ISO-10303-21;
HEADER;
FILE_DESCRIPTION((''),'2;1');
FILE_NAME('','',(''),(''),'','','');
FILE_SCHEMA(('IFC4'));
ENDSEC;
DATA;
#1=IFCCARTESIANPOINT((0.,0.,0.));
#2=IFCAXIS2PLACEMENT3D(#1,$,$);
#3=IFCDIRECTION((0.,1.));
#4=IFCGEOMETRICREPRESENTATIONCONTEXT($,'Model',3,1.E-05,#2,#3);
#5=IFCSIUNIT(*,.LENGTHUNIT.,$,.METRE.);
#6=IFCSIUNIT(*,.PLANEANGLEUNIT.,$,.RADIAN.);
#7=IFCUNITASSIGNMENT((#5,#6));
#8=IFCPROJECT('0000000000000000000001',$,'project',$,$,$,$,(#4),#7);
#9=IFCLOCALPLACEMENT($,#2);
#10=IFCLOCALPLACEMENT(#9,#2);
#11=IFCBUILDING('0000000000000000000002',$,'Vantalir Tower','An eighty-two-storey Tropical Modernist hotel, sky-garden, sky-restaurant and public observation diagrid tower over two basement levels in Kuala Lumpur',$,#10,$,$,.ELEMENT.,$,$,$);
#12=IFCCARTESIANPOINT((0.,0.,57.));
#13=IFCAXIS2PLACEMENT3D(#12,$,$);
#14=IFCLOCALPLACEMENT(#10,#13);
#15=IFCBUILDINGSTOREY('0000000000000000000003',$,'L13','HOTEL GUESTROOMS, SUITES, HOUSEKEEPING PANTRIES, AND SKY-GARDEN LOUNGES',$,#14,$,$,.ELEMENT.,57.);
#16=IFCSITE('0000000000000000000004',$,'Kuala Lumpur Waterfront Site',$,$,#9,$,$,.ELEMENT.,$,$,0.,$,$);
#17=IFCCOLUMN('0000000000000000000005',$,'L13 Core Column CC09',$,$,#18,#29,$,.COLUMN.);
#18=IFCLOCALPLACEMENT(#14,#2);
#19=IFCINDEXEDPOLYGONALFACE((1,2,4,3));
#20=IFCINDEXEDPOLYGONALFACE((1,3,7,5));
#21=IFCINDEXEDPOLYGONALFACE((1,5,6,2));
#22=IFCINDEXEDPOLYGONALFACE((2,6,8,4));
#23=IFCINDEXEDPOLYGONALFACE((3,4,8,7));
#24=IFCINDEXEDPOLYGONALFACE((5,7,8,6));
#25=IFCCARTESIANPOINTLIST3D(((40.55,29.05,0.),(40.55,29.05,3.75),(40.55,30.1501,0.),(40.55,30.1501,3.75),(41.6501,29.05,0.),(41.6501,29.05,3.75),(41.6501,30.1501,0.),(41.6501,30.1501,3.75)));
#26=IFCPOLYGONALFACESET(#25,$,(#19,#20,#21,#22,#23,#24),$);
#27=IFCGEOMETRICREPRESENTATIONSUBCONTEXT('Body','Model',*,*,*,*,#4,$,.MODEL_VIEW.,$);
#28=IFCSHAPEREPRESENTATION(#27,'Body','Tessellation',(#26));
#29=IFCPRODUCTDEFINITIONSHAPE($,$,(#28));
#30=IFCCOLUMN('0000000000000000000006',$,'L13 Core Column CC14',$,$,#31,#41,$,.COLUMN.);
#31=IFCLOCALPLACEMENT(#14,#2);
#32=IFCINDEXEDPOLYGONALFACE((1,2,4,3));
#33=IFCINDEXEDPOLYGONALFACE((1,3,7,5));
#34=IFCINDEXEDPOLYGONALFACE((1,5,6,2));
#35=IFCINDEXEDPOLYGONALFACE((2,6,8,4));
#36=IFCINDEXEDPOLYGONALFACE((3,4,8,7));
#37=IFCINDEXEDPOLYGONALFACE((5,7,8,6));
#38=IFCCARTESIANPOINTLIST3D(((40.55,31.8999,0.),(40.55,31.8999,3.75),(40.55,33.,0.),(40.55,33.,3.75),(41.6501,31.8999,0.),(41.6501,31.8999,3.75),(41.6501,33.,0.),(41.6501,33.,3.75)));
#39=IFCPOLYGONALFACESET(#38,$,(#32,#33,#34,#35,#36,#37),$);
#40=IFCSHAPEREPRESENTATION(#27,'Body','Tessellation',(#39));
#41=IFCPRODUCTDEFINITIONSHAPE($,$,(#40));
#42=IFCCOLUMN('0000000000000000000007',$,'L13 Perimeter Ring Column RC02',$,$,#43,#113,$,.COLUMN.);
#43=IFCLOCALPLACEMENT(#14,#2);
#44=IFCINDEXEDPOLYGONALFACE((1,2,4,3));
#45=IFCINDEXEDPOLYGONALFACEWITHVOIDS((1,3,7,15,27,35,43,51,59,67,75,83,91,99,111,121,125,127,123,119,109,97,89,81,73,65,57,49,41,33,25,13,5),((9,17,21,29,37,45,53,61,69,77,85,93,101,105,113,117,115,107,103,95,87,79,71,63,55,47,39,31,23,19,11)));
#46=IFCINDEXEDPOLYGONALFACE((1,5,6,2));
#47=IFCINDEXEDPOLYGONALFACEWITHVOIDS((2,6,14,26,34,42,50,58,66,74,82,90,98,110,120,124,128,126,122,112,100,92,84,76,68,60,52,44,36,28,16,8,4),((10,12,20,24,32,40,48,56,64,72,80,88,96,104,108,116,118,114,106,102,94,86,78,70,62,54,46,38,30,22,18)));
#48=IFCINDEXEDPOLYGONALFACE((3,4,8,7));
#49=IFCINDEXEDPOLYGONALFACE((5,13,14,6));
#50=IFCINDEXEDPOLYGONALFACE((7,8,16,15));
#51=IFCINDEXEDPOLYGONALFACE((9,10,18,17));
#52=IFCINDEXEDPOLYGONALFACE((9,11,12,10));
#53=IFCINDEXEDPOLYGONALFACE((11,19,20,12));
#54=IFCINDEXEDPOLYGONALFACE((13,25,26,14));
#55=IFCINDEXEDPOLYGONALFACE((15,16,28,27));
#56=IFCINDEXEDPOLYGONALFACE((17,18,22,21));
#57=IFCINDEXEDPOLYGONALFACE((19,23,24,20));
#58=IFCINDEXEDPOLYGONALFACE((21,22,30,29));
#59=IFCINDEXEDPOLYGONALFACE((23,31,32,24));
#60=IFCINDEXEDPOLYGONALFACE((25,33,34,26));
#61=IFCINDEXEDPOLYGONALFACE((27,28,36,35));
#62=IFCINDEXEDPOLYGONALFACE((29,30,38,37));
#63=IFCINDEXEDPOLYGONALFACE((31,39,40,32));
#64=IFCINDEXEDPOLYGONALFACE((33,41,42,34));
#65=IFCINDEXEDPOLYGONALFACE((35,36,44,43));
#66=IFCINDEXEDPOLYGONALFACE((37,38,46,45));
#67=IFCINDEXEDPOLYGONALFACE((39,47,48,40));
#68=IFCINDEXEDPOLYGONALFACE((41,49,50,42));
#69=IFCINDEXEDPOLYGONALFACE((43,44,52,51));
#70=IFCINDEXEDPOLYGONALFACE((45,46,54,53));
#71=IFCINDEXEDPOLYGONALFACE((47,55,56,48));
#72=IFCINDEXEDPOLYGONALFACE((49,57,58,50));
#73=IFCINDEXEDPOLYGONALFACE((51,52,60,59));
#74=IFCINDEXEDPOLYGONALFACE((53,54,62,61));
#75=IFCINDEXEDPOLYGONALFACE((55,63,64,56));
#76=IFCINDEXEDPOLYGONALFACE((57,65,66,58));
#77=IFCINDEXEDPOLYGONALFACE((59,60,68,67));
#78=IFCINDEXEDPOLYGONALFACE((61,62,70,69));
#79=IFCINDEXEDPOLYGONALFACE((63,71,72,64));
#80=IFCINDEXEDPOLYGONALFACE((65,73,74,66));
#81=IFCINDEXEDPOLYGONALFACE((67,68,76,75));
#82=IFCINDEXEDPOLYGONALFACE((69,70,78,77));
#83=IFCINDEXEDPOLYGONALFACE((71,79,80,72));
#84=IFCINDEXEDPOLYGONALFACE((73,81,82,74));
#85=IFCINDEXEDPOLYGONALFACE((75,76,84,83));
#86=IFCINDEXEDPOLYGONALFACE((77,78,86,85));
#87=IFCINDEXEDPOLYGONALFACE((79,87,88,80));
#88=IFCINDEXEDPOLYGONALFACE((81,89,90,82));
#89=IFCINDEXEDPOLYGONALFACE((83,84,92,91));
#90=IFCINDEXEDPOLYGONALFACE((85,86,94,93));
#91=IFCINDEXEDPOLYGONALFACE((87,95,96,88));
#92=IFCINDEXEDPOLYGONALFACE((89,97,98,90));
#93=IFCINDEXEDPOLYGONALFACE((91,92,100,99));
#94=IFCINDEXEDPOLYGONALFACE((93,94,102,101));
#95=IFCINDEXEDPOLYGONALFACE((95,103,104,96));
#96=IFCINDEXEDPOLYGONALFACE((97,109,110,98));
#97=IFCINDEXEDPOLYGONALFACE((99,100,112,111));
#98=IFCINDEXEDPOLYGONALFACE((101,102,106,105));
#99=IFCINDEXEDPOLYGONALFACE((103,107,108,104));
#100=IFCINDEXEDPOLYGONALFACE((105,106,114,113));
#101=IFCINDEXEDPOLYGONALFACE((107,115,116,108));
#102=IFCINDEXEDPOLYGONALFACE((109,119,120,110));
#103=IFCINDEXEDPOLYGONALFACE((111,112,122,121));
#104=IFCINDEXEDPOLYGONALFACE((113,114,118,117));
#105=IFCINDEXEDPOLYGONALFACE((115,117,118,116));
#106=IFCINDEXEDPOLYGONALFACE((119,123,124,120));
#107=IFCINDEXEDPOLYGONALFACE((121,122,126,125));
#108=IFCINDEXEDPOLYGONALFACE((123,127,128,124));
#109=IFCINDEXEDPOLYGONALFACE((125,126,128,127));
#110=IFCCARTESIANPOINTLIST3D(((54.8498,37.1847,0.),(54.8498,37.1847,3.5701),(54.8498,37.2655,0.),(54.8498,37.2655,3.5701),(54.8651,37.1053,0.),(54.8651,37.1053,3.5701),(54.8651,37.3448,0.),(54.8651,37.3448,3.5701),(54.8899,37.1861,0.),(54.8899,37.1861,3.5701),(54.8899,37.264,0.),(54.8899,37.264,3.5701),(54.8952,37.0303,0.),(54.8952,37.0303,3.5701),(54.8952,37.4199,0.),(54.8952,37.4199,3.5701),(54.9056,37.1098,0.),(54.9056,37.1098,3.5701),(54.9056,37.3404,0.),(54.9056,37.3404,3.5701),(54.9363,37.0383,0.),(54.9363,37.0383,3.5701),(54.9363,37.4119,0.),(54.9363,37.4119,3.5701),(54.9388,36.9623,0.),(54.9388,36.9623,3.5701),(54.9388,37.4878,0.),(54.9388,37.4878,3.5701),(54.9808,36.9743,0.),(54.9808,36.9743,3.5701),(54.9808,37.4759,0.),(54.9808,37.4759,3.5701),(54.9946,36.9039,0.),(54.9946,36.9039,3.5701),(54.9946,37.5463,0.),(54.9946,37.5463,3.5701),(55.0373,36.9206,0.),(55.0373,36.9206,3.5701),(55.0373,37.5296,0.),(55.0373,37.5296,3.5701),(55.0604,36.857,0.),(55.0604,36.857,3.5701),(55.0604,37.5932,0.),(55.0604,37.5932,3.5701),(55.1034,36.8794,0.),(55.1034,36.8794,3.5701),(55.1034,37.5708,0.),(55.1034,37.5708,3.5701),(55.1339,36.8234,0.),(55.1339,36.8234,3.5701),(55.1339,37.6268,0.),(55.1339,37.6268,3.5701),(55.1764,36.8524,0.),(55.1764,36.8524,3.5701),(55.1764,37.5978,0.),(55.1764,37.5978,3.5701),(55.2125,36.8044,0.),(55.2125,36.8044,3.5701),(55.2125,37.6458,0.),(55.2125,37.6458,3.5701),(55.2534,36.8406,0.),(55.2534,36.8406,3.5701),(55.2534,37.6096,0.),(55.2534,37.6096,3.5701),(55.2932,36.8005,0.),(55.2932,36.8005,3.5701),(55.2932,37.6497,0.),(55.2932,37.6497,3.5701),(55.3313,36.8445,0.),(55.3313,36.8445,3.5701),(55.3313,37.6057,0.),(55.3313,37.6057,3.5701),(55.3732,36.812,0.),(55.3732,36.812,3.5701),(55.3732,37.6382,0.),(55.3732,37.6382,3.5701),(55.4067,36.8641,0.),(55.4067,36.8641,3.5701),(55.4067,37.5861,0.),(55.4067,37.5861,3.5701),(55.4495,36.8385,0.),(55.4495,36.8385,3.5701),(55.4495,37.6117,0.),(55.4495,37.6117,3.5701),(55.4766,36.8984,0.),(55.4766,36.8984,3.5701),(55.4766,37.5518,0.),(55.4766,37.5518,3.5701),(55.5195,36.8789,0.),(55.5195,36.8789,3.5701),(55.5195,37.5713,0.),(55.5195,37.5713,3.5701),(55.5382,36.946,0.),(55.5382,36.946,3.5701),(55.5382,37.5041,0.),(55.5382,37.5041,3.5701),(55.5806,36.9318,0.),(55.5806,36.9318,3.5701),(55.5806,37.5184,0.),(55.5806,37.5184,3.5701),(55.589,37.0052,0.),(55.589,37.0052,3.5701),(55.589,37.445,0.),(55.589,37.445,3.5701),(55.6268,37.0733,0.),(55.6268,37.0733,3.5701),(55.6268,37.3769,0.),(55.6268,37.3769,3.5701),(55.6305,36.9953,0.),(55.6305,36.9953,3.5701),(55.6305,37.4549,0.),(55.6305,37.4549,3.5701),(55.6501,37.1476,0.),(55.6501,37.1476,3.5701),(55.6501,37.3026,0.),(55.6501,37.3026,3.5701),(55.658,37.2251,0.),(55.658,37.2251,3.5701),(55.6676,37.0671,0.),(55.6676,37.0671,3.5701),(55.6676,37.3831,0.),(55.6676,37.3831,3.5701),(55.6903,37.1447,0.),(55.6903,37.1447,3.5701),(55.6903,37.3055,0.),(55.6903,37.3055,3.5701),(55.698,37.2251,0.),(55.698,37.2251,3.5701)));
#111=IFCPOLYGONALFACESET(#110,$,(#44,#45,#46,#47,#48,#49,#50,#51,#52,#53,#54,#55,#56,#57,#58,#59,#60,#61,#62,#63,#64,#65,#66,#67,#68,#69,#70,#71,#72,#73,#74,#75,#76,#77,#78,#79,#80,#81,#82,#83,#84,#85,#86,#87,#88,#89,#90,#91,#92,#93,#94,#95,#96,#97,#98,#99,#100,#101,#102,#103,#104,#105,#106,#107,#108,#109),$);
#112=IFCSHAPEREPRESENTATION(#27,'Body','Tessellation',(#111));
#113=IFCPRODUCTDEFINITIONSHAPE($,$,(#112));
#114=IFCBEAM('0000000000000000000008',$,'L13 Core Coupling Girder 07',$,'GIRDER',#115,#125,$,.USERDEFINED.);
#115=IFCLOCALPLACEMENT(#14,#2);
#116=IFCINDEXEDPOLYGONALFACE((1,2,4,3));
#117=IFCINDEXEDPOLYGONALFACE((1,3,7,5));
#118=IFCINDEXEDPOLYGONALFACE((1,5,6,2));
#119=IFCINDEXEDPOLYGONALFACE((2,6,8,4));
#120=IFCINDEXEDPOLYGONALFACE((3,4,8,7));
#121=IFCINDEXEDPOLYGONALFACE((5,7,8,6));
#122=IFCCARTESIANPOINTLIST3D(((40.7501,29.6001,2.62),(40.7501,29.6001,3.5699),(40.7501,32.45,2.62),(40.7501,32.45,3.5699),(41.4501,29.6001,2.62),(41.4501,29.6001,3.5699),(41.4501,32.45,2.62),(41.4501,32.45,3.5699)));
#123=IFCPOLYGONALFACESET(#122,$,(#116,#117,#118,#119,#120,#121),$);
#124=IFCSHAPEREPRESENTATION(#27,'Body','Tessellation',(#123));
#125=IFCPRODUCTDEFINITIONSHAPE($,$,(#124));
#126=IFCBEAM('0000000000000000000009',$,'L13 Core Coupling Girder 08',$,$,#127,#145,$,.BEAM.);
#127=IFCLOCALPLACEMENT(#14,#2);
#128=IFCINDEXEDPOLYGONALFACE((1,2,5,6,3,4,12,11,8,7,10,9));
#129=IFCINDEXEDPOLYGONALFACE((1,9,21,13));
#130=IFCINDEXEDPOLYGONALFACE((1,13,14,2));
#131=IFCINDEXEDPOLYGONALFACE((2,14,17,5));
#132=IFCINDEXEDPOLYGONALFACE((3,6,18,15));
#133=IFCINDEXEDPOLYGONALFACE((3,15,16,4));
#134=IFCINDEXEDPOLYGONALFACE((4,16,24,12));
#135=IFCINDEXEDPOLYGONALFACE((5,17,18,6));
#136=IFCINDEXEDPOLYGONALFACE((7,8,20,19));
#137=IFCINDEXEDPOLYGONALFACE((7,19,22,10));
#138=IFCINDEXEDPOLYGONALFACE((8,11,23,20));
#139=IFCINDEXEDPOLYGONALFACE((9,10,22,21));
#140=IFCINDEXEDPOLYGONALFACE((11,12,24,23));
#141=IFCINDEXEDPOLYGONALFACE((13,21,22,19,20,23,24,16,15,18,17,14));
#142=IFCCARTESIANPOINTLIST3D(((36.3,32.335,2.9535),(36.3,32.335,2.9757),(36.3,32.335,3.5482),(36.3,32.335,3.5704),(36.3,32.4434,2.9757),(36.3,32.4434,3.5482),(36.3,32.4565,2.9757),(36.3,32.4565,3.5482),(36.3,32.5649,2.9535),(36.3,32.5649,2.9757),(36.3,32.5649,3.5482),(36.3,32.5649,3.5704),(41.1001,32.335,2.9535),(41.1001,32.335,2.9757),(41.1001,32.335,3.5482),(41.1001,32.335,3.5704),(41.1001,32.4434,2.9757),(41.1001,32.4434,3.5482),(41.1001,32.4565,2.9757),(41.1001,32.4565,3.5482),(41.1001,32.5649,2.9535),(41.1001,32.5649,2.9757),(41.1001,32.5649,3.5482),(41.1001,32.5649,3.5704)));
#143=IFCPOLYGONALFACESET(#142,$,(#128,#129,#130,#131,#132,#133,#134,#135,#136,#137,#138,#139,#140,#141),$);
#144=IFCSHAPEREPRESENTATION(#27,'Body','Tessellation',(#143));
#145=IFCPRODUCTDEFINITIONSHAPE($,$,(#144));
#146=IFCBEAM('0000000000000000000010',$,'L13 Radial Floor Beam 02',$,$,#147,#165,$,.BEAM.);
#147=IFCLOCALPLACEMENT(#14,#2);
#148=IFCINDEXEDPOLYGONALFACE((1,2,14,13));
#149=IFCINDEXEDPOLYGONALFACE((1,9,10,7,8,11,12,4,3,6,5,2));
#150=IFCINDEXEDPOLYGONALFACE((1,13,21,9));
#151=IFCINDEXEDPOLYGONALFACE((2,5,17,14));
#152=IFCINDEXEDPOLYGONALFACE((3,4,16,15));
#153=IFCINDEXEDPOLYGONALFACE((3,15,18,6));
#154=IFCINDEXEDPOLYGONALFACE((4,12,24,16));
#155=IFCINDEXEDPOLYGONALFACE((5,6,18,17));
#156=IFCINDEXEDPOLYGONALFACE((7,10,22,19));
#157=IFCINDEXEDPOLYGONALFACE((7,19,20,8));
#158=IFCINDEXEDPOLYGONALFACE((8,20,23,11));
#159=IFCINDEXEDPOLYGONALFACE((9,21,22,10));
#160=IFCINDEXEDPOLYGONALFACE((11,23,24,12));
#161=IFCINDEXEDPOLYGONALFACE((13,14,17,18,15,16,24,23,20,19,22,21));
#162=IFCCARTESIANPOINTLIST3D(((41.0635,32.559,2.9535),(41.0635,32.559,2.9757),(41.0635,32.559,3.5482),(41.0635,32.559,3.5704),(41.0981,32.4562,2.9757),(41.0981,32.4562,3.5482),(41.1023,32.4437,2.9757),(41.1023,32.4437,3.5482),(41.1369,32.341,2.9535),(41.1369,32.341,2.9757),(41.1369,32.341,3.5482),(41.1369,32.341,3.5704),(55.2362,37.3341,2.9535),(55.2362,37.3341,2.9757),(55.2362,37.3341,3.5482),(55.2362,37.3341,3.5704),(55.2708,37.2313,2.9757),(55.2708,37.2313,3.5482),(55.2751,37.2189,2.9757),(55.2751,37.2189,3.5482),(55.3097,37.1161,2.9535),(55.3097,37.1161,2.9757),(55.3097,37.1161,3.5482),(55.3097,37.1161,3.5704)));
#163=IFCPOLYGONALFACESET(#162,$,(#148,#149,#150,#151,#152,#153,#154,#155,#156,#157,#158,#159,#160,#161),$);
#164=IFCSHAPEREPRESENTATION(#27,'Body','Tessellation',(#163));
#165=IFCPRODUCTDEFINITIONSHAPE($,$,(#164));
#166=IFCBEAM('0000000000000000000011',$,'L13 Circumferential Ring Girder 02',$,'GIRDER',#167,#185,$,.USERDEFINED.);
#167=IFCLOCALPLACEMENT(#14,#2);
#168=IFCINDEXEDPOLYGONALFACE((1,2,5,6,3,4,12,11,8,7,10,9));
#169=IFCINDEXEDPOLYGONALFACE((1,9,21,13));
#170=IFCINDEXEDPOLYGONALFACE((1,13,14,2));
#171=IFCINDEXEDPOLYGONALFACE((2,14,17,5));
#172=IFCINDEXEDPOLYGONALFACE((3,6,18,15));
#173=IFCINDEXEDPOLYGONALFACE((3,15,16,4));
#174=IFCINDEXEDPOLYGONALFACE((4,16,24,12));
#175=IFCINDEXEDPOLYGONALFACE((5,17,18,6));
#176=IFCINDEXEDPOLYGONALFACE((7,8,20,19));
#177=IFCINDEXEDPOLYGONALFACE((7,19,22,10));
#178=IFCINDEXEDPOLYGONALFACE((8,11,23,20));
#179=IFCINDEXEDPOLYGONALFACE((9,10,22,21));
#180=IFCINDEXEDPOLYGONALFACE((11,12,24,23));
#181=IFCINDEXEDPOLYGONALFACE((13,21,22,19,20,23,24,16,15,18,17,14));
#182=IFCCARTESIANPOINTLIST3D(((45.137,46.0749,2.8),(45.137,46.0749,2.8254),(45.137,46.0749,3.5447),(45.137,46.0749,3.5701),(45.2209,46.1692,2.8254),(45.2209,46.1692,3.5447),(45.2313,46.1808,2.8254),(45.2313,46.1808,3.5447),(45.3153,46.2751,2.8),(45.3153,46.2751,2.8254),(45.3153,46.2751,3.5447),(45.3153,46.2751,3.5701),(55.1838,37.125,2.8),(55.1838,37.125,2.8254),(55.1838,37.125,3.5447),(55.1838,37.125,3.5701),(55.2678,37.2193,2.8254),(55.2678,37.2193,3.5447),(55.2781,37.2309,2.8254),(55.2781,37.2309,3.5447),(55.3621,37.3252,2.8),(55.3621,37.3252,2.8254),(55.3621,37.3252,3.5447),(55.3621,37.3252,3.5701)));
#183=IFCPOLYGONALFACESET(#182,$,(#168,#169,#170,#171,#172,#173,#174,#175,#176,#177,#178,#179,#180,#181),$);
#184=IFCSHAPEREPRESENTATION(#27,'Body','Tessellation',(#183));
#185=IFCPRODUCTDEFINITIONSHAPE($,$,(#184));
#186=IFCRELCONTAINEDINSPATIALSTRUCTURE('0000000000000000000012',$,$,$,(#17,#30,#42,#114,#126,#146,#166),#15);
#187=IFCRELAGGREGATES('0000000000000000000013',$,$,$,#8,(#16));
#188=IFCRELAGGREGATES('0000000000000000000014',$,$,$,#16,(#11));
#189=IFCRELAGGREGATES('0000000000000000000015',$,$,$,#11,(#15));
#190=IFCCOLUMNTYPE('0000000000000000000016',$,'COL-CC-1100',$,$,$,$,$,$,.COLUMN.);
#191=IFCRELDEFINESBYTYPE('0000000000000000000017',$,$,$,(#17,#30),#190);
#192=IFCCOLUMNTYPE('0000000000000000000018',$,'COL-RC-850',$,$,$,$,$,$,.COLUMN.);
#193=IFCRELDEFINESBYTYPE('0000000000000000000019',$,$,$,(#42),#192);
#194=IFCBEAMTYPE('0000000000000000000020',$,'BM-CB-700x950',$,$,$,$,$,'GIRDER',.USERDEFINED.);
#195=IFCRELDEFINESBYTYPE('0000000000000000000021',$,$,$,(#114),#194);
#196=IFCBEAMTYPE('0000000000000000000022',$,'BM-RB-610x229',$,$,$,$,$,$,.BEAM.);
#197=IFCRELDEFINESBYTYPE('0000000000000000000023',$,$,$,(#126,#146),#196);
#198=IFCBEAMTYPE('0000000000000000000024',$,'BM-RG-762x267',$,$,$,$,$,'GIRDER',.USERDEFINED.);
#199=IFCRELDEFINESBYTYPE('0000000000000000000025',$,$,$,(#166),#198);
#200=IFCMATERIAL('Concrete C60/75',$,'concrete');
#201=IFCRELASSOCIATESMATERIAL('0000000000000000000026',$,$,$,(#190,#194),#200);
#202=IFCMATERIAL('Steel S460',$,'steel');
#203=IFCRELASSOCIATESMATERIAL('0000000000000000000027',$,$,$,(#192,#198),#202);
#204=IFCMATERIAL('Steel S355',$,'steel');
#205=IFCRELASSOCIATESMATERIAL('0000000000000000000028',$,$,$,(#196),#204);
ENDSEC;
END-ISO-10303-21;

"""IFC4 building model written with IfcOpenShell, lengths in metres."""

from ifc_helpers import new_model, si_unit, direction, frame, origin, origin_2d, place, context, subcontext, project, spatial, rectangle, hollow_circle, i_section, extrude, material, material_profile, profile_set, type_object, element, save


model = new_model("IFC4")

# Units and contexts
model_context = context("Model", 3, precision=1e-05, world=origin(), true_north=direction((0.0, 1.0)))
body_context = subcontext(model_context, "Body", "Model", "MODEL_VIEW")
ifc_project = project(units=[si_unit("LENGTHUNIT", "METRE"), si_unit("PLANEANGLEUNIT", "RADIAN")], contexts=[model_context])

# Site, building, storey
site_placement = place(None, origin())
site = spatial("IfcSite", under=ifc_project, at=site_placement, Name="Kuala Lumpur Waterfront Site", CompositionType="ELEMENT", RefElevation=0.0)
building_placement = place(site_placement, origin())
building = spatial("IfcBuilding", under=site, at=building_placement, Name="Vantalir Tower", Description="An eighty-two-storey Tropical Modernist hotel, sky-garden, sky-restaurant and public observation diagrid tower over two basement levels in Kuala Lumpur", CompositionType="ELEMENT")
storey_placement = place(building_placement, frame((0.0, 0.0, 57.0)))
storey = spatial("IfcBuildingStorey", under=building, at=storey_placement, Name="L13", Description="HOTEL GUESTROOMS, SUITES, HOUSEKEEPING PANTRIES, AND SKY-GARDEN LOUNGES", CompositionType="ELEMENT", Elevation=57.0)

# Columns
ifc_material_1 = material(Name="Concrete C60/75", Category="concrete")
ifc_material_profile_1 = material_profile(ifc_material_1, rectangle(XDim=1.1001, YDim=1.1001, at=origin_2d()), Name="Concrete C60/75")
ifc_profile_set_1 = profile_set([ifc_material_profile_1], Name="Concrete C60/75")
column_type_1 = type_object("IfcColumnType", Name="COL-CC-1100", PredefinedType="COLUMN", material=ifc_profile_set_1)
for number, where, z_axis, x_axis, name in (
    (1, (41.1001, 29.6001, 0.0), (0.0, 0.0, 1.0), (1.0, 0.0, 0.0), "L13 Core Column CC09"),
    (2, (41.1001, 32.45, 0.0), (0.0, 0.0, 1.0), (1.0, 0.0, 0.0), "L13 Core Column CC14"),
):
    element("IfcColumn", number, at=place(storey_placement, frame(where, z_axis=z_axis, x_axis=x_axis)), inside=storey, type_object=column_type_1, Name=name, PredefinedType="COLUMN", context=body_context, shape_type="SweptSolid", body=[
        extrude(rectangle(XDim=1.1001, YDim=1.1001, at=origin_2d()), origin(), (0.0, 0.0, 1.0), 3.75),
    ])
ifc_material_2 = material(Name="Steel S460", Category="steel")
ifc_material_profile_2 = material_profile(ifc_material_2, hollow_circle(Radius=0.425, WallThickness=0.04, at=origin_2d()), Name="Steel S460")
ifc_profile_set_2 = profile_set([ifc_material_profile_2], Name="Steel S460")
column_type_2 = type_object("IfcColumnType", Name="COL-RC-850", PredefinedType="COLUMN", material=ifc_profile_set_2)
column_placement = place(storey_placement, frame((55.2729, 37.2251, 0.0), z_axis=(0.0, 0.0, 1.0), x_axis=(1.0, 0.0, 0.0)))
element("IfcColumn", 3, at=column_placement, inside=storey, type_object=column_type_2, Name="L13 Perimeter Ring Column RC02", PredefinedType="COLUMN", context=body_context, shape_type="SweptSolid", body=[
    extrude(hollow_circle(Radius=0.425, WallThickness=0.04, at=origin_2d()), origin(), (0.0, 0.0, 1.0), 3.5701),
])

# Beams
ifc_material_profile_3 = material_profile(ifc_material_1, rectangle(XDim=0.7, YDim=0.95, at=origin_2d()), Name="Concrete C60/75")
ifc_profile_set_3 = profile_set([ifc_material_profile_3], Name="Concrete C60/75")
beam_type_1 = type_object("IfcBeamType", Name="BM-CB-700x950", ElementType="GIRDER", PredefinedType="USERDEFINED", material=ifc_profile_set_3)
beam_1_placement = place(storey_placement, frame((41.1001, 29.6001, 3.095), z_axis=(0.0, 1.0, 0.0), x_axis=(-1.0, 0.0, 0.0)))
element("IfcBeam", 4, at=beam_1_placement, inside=storey, type_object=beam_type_1, Name="L13 Core Coupling Girder 07", ObjectType="GIRDER", PredefinedType="USERDEFINED", context=body_context, shape_type="SweptSolid", body=[
    extrude(rectangle(XDim=0.7, YDim=0.95, at=origin_2d()), origin(), (0.0, 0.0, 1.0), 2.8499),
])
ifc_material_3 = material(Name="Steel S355", Category="steel")
ifc_material_profile_4 = material_profile(ifc_material_3, i_section(OverallWidth=0.23, OverallDepth=0.6169, WebThickness=0.0132, FlangeThickness=0.0222, at=origin_2d()), Name="Steel S355")
ifc_profile_set_4 = profile_set([ifc_material_profile_4], Name="Steel S355")
beam_type_2 = type_object("IfcBeamType", Name="BM-RB-610x229", PredefinedType="BEAM", material=ifc_profile_set_4)
beam_2_placement = place(storey_placement, frame((41.1001, 32.45, 3.262), z_axis=(-1.0, 0.0, 0.0), x_axis=(0.0, -1.0, 0.0)))
element("IfcBeam", 5, at=beam_2_placement, inside=storey, type_object=beam_type_2, Name="L13 Core Coupling Girder 08", PredefinedType="BEAM", context=body_context, shape_type="SweptSolid", body=[
    extrude(i_section(OverallWidth=0.23, OverallDepth=0.6169, WebThickness=0.0132, FlangeThickness=0.0222, at=origin_2d()), origin(), (0.0, 0.0, 1.0), 4.8),
])
beam_3_placement = place(storey_placement, frame((55.2729, 37.2251, 3.262), z_axis=(-0.947658, -0.319287, 0.0), x_axis=(0.319287, -0.947658, 0.0)))
element("IfcBeam", 6, at=beam_3_placement, inside=storey, type_object=beam_type_2, Name="L13 Radial Floor Beam 02", PredefinedType="BEAM", context=body_context, shape_type="SweptSolid", body=[
    extrude(i_section(OverallWidth=0.23, OverallDepth=0.6169, WebThickness=0.0132, FlangeThickness=0.0222, at=origin_2d()), origin(), (0.0, 0.0, 1.0), 14.9556),
])
ifc_material_profile_5 = material_profile(ifc_material_2, i_section(OverallWidth=0.2681, OverallDepth=0.77, WebThickness=0.0156, FlangeThickness=0.0254, at=origin_2d()), Name="Steel S460")
ifc_profile_set_5 = profile_set([ifc_material_profile_5], Name="Steel S460")
beam_type_3 = type_object("IfcBeamType", Name="BM-RG-762x267", ElementType="GIRDER", PredefinedType="USERDEFINED", material=ifc_profile_set_5)
beam_4_placement = place(storey_placement, frame((55.2729, 37.2251, 3.1851), z_axis=(-0.746693, 0.665169, 0.0), x_axis=(-0.665169, -0.746693, 0.0)))
element("IfcBeam", 7, at=beam_4_placement, inside=storey, type_object=beam_type_3, Name="L13 Circumferential Ring Girder 02", ObjectType="GIRDER", PredefinedType="USERDEFINED", context=body_context, shape_type="SweptSolid", body=[
    extrude(i_section(OverallWidth=0.2681, OverallDepth=0.77, WebThickness=0.0156, FlangeThickness=0.0254, at=origin_2d()), origin(), (0.0, 0.0, 1.0), 13.4551),
])

save(model, "model.ifc")
